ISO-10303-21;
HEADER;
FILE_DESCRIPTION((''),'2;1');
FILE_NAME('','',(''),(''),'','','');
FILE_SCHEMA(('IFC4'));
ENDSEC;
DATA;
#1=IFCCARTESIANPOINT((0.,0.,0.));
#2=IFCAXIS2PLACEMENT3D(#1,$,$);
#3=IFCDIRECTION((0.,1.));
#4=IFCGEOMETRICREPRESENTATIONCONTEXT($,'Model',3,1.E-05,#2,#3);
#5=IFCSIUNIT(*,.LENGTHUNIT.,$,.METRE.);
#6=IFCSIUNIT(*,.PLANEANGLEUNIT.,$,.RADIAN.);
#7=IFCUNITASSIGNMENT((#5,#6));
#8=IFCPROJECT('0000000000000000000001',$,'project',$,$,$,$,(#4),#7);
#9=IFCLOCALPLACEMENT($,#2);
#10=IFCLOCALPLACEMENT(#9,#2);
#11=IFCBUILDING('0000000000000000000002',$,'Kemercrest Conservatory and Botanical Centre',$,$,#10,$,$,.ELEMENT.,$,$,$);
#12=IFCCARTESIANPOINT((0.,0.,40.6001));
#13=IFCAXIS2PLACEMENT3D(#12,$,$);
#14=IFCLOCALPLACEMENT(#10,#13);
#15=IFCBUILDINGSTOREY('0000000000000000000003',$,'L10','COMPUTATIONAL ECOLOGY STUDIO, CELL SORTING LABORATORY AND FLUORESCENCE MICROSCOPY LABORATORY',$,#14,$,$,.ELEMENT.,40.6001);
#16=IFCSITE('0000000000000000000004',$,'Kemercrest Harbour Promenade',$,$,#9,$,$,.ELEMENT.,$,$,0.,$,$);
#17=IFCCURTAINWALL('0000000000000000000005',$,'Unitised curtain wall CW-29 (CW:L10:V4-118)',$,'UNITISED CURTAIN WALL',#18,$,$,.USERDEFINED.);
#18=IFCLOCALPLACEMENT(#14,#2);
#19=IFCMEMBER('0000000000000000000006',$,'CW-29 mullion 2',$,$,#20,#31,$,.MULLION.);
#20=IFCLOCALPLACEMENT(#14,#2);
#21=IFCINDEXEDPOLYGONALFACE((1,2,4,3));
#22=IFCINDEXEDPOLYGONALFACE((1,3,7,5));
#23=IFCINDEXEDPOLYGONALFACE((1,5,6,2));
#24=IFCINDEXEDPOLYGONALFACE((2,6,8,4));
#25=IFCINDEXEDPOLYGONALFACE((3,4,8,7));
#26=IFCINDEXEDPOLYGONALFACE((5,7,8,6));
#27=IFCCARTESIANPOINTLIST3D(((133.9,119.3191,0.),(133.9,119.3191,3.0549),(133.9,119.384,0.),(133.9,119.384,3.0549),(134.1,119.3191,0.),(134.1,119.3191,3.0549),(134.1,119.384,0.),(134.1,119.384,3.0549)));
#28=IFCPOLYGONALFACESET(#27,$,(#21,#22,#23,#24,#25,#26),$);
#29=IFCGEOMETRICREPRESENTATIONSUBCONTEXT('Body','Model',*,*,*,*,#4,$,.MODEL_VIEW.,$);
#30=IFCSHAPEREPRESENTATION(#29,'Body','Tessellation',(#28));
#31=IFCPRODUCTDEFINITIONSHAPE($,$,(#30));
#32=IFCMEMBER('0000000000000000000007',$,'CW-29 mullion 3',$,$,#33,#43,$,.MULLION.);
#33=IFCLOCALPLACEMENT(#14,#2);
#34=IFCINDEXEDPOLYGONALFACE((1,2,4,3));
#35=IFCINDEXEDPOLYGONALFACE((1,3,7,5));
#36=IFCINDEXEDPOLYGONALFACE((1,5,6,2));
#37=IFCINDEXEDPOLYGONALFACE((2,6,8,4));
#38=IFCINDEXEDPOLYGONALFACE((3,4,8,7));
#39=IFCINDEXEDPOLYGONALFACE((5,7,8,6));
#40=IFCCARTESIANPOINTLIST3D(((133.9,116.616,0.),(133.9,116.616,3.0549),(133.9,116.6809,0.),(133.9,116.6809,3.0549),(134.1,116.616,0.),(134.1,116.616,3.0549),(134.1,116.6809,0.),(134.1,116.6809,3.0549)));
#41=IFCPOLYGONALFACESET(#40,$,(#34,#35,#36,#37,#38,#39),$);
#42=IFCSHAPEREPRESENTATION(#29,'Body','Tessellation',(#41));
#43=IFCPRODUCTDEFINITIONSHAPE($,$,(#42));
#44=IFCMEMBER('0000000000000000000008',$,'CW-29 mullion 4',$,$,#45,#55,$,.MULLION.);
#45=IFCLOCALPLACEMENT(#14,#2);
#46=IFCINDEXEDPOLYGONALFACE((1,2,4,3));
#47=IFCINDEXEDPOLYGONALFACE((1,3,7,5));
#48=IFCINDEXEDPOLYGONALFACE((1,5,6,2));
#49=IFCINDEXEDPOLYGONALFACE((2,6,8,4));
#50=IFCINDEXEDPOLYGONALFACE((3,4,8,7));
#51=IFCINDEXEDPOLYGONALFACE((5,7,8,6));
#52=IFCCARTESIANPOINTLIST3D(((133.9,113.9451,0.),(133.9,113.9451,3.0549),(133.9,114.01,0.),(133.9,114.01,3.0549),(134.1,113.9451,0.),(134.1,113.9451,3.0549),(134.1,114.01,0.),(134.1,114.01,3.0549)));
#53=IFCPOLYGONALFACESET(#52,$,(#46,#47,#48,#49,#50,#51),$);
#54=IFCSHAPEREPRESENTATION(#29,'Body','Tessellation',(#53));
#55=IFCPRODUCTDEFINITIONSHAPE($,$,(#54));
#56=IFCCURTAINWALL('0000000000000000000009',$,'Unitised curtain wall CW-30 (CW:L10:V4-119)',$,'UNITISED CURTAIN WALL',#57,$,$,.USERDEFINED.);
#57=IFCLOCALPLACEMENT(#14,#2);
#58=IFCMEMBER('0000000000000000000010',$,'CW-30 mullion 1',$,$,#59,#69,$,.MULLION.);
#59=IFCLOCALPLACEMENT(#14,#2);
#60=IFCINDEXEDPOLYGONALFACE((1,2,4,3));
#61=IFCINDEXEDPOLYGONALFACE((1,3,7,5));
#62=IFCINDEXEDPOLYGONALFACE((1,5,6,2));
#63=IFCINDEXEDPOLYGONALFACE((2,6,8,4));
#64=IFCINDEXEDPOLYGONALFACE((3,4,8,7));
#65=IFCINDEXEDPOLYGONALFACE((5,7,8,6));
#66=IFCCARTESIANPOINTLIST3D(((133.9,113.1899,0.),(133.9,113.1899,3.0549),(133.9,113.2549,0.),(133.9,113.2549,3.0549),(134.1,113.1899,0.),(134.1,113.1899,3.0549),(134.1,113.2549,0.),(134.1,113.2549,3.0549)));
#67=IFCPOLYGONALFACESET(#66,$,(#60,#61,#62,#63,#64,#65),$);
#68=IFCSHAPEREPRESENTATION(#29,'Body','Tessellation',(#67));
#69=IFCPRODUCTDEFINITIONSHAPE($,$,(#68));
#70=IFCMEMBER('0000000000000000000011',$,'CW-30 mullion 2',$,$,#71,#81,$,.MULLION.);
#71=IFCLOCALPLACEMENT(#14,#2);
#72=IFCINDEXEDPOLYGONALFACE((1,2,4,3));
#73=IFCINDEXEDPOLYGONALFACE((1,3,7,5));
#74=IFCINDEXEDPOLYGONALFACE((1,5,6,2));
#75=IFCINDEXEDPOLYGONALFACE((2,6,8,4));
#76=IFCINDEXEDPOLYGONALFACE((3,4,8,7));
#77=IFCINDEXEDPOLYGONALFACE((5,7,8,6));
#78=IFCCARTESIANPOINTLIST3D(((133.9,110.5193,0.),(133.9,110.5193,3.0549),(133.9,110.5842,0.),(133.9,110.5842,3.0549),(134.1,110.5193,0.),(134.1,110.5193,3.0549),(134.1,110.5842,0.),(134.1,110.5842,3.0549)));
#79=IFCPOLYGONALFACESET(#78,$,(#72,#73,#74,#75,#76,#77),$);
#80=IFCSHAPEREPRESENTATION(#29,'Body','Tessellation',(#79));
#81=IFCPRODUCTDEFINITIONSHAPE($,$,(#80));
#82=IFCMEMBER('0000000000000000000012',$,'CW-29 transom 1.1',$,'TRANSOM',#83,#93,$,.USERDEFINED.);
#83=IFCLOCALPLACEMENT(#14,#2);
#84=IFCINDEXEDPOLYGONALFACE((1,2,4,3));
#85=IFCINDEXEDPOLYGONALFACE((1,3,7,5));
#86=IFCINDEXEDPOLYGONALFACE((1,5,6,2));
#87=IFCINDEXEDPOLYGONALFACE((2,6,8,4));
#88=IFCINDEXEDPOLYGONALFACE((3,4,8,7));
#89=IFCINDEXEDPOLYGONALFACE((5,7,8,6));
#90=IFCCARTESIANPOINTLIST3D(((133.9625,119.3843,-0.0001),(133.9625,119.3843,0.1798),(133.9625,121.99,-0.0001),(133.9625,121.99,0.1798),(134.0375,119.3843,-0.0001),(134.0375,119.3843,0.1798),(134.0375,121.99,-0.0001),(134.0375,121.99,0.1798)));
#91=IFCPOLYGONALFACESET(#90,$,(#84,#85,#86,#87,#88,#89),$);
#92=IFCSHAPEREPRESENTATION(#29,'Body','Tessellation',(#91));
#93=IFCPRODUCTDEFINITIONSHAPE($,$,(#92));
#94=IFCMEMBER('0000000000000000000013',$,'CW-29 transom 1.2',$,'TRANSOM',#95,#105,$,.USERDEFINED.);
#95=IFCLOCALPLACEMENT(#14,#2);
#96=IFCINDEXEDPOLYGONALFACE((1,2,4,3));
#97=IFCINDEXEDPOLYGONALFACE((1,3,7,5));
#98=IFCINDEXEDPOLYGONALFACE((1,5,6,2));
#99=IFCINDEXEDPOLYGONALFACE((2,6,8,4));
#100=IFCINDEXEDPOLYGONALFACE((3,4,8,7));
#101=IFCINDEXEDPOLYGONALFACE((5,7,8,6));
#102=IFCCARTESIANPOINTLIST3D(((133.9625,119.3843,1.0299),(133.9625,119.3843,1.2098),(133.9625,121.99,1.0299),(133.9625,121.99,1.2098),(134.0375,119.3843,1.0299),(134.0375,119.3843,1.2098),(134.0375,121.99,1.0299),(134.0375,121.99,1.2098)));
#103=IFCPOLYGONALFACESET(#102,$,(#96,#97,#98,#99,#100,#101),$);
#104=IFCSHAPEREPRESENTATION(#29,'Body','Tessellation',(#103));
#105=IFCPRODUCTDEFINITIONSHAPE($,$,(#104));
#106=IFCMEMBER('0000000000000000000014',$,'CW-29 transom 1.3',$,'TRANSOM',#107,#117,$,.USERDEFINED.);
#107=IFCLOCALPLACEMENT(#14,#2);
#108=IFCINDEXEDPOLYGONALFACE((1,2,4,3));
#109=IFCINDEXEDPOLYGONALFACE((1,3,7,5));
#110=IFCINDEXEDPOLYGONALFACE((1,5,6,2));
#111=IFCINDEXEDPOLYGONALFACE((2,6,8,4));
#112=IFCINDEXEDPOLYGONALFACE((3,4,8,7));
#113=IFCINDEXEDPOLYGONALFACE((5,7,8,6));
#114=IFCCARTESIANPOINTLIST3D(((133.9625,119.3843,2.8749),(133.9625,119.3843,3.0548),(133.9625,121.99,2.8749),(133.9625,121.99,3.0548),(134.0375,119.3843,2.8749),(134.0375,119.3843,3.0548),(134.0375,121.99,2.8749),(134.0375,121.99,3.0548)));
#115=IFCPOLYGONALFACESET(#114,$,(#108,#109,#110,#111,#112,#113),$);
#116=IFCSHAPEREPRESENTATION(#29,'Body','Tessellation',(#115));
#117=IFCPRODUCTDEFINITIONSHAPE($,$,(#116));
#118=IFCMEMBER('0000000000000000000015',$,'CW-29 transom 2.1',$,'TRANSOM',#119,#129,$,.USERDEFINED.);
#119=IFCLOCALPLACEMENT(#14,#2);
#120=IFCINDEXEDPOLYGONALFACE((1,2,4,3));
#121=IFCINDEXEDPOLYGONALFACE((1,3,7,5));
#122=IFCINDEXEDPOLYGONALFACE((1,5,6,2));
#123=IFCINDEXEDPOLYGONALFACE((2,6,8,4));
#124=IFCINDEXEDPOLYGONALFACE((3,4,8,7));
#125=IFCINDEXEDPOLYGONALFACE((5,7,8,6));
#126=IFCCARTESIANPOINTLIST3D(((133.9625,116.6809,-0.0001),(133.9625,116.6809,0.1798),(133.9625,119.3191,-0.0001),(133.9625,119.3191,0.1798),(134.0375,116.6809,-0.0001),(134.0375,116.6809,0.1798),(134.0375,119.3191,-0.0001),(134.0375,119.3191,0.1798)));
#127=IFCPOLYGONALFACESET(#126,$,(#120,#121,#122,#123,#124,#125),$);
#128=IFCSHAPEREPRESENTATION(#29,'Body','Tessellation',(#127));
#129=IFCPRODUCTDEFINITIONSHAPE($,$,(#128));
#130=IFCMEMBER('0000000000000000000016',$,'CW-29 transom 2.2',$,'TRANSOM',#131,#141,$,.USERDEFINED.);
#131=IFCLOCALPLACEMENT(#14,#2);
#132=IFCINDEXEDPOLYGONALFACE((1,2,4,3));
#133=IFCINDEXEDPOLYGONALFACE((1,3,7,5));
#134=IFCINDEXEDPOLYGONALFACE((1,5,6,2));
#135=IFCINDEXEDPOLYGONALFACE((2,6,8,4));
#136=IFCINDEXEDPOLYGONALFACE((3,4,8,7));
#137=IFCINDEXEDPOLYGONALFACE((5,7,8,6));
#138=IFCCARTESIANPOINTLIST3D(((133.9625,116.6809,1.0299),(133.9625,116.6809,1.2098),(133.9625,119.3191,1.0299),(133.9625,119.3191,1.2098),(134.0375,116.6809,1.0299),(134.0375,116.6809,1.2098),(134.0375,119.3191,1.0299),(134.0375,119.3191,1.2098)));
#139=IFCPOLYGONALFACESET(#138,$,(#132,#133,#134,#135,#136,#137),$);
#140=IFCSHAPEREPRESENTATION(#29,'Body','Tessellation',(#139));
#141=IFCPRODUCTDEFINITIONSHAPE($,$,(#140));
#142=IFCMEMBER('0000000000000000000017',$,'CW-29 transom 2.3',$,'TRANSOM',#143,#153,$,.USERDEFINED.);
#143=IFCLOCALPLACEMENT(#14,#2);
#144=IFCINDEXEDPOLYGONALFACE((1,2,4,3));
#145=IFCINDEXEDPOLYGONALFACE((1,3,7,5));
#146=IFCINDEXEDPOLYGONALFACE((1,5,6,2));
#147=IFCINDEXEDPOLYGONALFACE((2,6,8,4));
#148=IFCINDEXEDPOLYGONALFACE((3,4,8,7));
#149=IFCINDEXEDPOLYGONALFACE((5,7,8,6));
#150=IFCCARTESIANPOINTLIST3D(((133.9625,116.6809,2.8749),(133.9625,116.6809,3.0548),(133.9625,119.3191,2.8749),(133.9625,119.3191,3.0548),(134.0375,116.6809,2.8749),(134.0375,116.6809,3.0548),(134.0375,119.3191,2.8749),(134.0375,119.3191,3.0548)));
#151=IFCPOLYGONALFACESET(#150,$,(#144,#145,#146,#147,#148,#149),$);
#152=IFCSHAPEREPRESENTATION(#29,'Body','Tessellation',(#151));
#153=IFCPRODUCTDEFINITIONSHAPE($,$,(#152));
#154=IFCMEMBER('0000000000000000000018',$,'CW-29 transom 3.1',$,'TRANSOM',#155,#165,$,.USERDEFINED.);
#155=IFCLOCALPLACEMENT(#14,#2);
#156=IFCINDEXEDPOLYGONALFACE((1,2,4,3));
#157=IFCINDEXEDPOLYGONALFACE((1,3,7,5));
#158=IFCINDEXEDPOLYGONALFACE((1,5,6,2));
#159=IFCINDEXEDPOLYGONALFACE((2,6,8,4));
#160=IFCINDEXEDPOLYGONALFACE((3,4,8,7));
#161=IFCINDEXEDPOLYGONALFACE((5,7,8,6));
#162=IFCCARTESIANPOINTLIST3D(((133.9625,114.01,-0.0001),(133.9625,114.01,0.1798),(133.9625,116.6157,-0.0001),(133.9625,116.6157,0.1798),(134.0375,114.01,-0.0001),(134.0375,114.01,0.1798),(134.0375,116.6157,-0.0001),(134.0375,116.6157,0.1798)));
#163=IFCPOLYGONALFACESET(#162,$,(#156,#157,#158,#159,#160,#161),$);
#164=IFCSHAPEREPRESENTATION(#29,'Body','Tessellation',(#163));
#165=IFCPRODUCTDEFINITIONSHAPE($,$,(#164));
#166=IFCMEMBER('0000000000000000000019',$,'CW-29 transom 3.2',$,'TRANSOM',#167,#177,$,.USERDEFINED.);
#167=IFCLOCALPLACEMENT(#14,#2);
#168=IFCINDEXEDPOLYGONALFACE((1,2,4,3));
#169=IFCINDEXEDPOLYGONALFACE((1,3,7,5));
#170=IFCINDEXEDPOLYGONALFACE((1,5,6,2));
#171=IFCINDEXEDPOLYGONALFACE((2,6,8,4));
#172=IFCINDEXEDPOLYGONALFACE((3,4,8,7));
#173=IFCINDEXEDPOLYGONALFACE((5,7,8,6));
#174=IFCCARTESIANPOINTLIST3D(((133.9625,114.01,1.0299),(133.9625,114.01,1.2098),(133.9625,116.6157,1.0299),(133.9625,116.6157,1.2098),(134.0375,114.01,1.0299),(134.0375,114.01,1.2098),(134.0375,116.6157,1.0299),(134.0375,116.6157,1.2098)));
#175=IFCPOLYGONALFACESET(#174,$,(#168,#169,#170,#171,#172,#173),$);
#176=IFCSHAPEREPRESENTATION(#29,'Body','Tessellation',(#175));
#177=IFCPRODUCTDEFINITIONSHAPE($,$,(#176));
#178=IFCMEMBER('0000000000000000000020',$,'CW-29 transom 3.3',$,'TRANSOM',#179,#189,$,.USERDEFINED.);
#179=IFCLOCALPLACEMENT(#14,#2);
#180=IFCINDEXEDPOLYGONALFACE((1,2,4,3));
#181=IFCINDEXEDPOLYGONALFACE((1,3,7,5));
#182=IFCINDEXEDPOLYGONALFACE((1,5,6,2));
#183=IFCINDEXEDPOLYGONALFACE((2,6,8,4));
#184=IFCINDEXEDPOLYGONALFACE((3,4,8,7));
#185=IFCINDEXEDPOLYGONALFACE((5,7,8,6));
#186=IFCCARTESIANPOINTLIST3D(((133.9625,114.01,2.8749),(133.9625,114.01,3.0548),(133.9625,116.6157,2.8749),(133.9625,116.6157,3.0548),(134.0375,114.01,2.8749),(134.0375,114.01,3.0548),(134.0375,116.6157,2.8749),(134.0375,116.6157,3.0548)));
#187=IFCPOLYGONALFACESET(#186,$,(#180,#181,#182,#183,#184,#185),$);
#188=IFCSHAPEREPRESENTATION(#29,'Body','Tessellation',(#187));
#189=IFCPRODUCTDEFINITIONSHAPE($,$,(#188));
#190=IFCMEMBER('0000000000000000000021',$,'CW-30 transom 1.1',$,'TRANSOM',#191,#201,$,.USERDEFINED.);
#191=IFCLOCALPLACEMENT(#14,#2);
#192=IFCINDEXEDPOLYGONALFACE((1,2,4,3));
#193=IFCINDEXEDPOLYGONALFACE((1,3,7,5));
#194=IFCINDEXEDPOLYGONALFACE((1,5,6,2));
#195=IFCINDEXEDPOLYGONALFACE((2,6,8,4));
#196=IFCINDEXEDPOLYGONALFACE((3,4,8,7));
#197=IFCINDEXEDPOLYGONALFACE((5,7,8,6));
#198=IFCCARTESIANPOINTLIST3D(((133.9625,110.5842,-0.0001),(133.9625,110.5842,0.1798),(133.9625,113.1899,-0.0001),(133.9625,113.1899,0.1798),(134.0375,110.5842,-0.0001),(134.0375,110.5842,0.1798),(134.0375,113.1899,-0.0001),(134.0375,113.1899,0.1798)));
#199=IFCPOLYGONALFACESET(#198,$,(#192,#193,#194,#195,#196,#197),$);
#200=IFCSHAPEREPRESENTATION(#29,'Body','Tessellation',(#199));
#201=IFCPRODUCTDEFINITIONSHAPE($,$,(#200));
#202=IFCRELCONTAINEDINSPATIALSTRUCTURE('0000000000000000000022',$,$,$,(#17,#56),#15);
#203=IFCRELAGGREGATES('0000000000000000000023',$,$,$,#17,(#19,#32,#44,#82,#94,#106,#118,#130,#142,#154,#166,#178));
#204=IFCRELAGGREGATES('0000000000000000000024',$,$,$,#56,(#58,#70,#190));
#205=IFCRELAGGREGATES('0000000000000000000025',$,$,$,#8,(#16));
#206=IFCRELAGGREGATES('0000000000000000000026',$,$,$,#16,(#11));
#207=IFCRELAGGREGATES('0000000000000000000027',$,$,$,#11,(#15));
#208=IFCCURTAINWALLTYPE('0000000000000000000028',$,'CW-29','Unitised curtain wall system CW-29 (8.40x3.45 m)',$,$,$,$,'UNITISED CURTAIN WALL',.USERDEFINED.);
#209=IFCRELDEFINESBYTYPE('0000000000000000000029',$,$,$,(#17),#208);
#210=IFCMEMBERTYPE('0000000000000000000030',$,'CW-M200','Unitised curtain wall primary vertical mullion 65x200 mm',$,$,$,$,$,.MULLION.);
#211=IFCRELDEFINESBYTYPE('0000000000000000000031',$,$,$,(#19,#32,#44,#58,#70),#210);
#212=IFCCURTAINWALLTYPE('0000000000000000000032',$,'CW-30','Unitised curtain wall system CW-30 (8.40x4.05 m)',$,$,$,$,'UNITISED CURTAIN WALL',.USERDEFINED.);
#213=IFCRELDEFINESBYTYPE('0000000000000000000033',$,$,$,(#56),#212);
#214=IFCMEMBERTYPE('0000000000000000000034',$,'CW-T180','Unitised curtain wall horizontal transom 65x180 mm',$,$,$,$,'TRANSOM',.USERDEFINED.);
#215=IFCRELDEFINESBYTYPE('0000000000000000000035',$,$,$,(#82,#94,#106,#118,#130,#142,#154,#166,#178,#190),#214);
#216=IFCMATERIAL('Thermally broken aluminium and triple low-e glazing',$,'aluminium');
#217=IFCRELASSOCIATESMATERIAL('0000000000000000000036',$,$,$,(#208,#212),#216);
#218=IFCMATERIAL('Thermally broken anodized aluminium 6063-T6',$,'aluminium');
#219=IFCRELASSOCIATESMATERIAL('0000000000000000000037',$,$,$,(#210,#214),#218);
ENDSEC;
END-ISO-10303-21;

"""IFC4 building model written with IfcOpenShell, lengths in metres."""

from ifc_helpers import new_model, si_unit, direction, frame, origin, origin_2d, place, context, subcontext, project, spatial, rectangle, extrude, material, material_profile, profile_set, type_object, element, aggregate, save


model = new_model("IFC4")

# Units and contexts
model_context = context("Model", 3, precision=1e-05, world=origin(), true_north=direction((0.0, 1.0)))
body_context = subcontext(model_context, "Body", "Model", "MODEL_VIEW")
ifc_project = project(units=[si_unit("LENGTHUNIT", "METRE"), si_unit("PLANEANGLEUNIT", "RADIAN")], contexts=[model_context])

# Site, building, storey
site_placement = place(None, origin())
site = spatial("IfcSite", under=ifc_project, at=site_placement, Name="Kemercrest Harbour Promenade", CompositionType="ELEMENT", RefElevation=0.0)
building_placement = place(site_placement, origin())
building = spatial("IfcBuilding", under=site, at=building_placement, Name="Kemercrest Conservatory and Botanical Centre", CompositionType="ELEMENT")
storey_placement = place(building_placement, frame((0.0, 0.0, 40.6001)))
storey = spatial("IfcBuildingStorey", under=building, at=storey_placement, Name="L10", Description="COMPUTATIONAL ECOLOGY STUDIO, CELL SORTING LABORATORY AND FLUORESCENCE MICROSCOPY LABORATORY", CompositionType="ELEMENT", Elevation=40.6001)

# Curtain walls, members
ifc_material_1 = material(Name="Thermally broken aluminium and triple low-e glazing", Category="aluminium")
curtain_wall_type_1 = type_object("IfcCurtainWallType", Name="CW-29", Description="Unitised curtain wall system CW-29 (8.40x3.45 m)", ElementType="UNITISED CURTAIN WALL", PredefinedType="USERDEFINED", material=ifc_material_1)
curtain_wall_1_placement = place(storey_placement, origin())
curtain_wall_1 = element("IfcCurtainWall", 1, at=curtain_wall_1_placement, inside=storey, type_object=curtain_wall_type_1, Name="Unitised curtain wall CW-29 (CW:L10:V4-118)", ObjectType="UNITISED CURTAIN WALL", PredefinedType="USERDEFINED")
ifc_material_2 = material(Name="Thermally broken anodized aluminium 6063-T6", Category="aluminium")
ifc_material_profile_1 = material_profile(ifc_material_2, rectangle(XDim=0.2, YDim=0.0649, at=origin_2d()), Name="AL MULLION 65x200")
ifc_profile_set_1 = profile_set([ifc_material_profile_1], Name="Thermally broken anodized aluminium 6063-T6")
member_type_1 = type_object("IfcMemberType", Name="CW-M200", Description="Unitised curtain wall primary vertical mullion 65x200 mm", PredefinedType="MULLION", material=ifc_profile_set_1)
member_1_placement = place(storey_placement, frame((134.0, 119.3516, 0.0), z_axis=(0.0, 0.0, 1.0), x_axis=(1.0, 0.0, 0.0)))
member_1 = element("IfcMember", 2, at=member_1_placement, type_object=member_type_1, Name="CW-29 mullion 2", PredefinedType="MULLION", context=body_context, shape_type="SweptSolid", body=[
    extrude(rectangle(XDim=0.2, YDim=0.0649, at=origin_2d()), origin(), (0.0, 0.0, 1.0), 3.0549),
])
member_2_placement = place(storey_placement, frame((134.0, 116.6484, 0.0), z_axis=(0.0, 0.0, 1.0), x_axis=(1.0, 0.0, 0.0)))
member_2 = element("IfcMember", 3, at=member_2_placement, type_object=member_type_1, Name="CW-29 mullion 3", PredefinedType="MULLION", context=body_context, shape_type="SweptSolid", body=[
    extrude(rectangle(XDim=0.2, YDim=0.0649, at=origin_2d()), origin(), (0.0, 0.0, 1.0), 3.0549),
])
member_3_placement = place(storey_placement, frame((134.0, 113.9775, 0.0), z_axis=(0.0, 0.0, 1.0), x_axis=(1.0, 0.0, 0.0)))
member_3 = element("IfcMember", 4, at=member_3_placement, type_object=member_type_1, Name="CW-29 mullion 4", PredefinedType="MULLION", context=body_context, shape_type="SweptSolid", body=[
    extrude(rectangle(XDim=0.2, YDim=0.0649, at=origin_2d()), origin(), (0.0, 0.0, 1.0), 3.0549),
])
curtain_wall_type_2 = type_object("IfcCurtainWallType", Name="CW-30", Description="Unitised curtain wall system CW-30 (8.40x4.05 m)", ElementType="UNITISED CURTAIN WALL", PredefinedType="USERDEFINED", material=ifc_material_1)
curtain_wall_2_placement = place(storey_placement, origin())
curtain_wall_2 = element("IfcCurtainWall", 5, at=curtain_wall_2_placement, inside=storey, type_object=curtain_wall_type_2, Name="Unitised curtain wall CW-30 (CW:L10:V4-119)", ObjectType="UNITISED CURTAIN WALL", PredefinedType="USERDEFINED")
member_4_placement = place(storey_placement, frame((134.0, 113.2224, 0.0), z_axis=(0.0, 0.0, 1.0), x_axis=(1.0, 0.0, 0.0)))
member_4 = element("IfcMember", 6, at=member_4_placement, type_object=member_type_1, Name="CW-30 mullion 1", PredefinedType="MULLION", context=body_context, shape_type="SweptSolid", body=[
    extrude(rectangle(XDim=0.2, YDim=0.0649, at=origin_2d()), origin(), (0.0, 0.0, 1.0), 3.0549),
])
member_5_placement = place(storey_placement, frame((134.0, 110.5518, 0.0), z_axis=(0.0, 0.0, 1.0), x_axis=(1.0, 0.0, 0.0)))
member_5 = element("IfcMember", 7, at=member_5_placement, type_object=member_type_1, Name="CW-30 mullion 2", PredefinedType="MULLION", context=body_context, shape_type="SweptSolid", body=[
    extrude(rectangle(XDim=0.2, YDim=0.0649, at=origin_2d()), origin(), (0.0, 0.0, 1.0), 3.0549),
])

# Members
ifc_material_profile_2 = material_profile(ifc_material_2, rectangle(XDim=0.075, YDim=0.1799, at=origin_2d()), Name="AL TRANSOM 75x180")
ifc_profile_set_2 = profile_set([ifc_material_profile_2], Name="Thermally broken anodized aluminium 6063-T6")
member_type_2 = type_object("IfcMemberType", Name="CW-T180", Description="Unitised curtain wall horizontal transom 65x180 mm", ElementType="TRANSOM", PredefinedType="USERDEFINED", material=ifc_profile_set_2)
member_6_placement = place(storey_placement, frame((134.0, 121.99, 0.0898), z_axis=(0.0, -1.0, 0.0), x_axis=(1.0, 0.0, 0.0)))
member_6 = element("IfcMember", 8, at=member_6_placement, type_object=member_type_2, Name="CW-29 transom 1.1", ObjectType="TRANSOM", PredefinedType="USERDEFINED", context=body_context, shape_type="SweptSolid", body=[
    extrude(rectangle(XDim=0.075, YDim=0.1799, at=origin_2d()), origin(), (0.0, 0.0, 1.0), 2.6057),
])
member_7_placement = place(storey_placement, frame((134.0, 121.99, 1.1199), z_axis=(0.0, -1.0, 0.0), x_axis=(1.0, 0.0, 0.0)))
member_7 = element("IfcMember", 9, at=member_7_placement, type_object=member_type_2, Name="CW-29 transom 1.2", ObjectType="TRANSOM", PredefinedType="USERDEFINED", context=body_context, shape_type="SweptSolid", body=[
    extrude(rectangle(XDim=0.075, YDim=0.1799, at=origin_2d()), origin(), (0.0, 0.0, 1.0), 2.6057),
])
member_8_placement = place(storey_placement, frame((134.0, 121.99, 2.9648), z_axis=(0.0, -1.0, 0.0), x_axis=(1.0, 0.0, 0.0)))
member_8 = element("IfcMember", 10, at=member_8_placement, type_object=member_type_2, Name="CW-29 transom 1.3", ObjectType="TRANSOM", PredefinedType="USERDEFINED", context=body_context, shape_type="SweptSolid", body=[
    extrude(rectangle(XDim=0.075, YDim=0.1799, at=origin_2d()), origin(), (0.0, 0.0, 1.0), 2.6057),
])
member_9_placement = place(storey_placement, frame((134.0, 119.3191, 0.0898), z_axis=(0.0, -1.0, 0.0), x_axis=(1.0, 0.0, 0.0)))
member_9 = element("IfcMember", 11, at=member_9_placement, type_object=member_type_2, Name="CW-29 transom 2.1", ObjectType="TRANSOM", PredefinedType="USERDEFINED", context=body_context, shape_type="SweptSolid", body=[
    extrude(rectangle(XDim=0.075, YDim=0.1799, at=origin_2d()), origin(), (0.0, 0.0, 1.0), 2.6382),
])
member_10_placement = place(storey_placement, frame((134.0, 119.3191, 1.1199), z_axis=(0.0, -1.0, 0.0), x_axis=(1.0, 0.0, 0.0)))
member_10 = element("IfcMember", 12, at=member_10_placement, type_object=member_type_2, Name="CW-29 transom 2.2", ObjectType="TRANSOM", PredefinedType="USERDEFINED", context=body_context, shape_type="SweptSolid", body=[
    extrude(rectangle(XDim=0.075, YDim=0.1799, at=origin_2d()), origin(), (0.0, 0.0, 1.0), 2.6382),
])
member_11_placement = place(storey_placement, frame((134.0, 119.3191, 2.9648), z_axis=(0.0, -1.0, 0.0), x_axis=(1.0, 0.0, 0.0)))
member_11 = element("IfcMember", 13, at=member_11_placement, type_object=member_type_2, Name="CW-29 transom 2.3", ObjectType="TRANSOM", PredefinedType="USERDEFINED", context=body_context, shape_type="SweptSolid", body=[
    extrude(rectangle(XDim=0.075, YDim=0.1799, at=origin_2d()), origin(), (0.0, 0.0, 1.0), 2.6382),
])
member_12_placement = place(storey_placement, frame((134.0, 116.6157, 0.0898), z_axis=(0.0, -1.0, 0.0), x_axis=(1.0, 0.0, 0.0)))
member_12 = element("IfcMember", 14, at=member_12_placement, type_object=member_type_2, Name="CW-29 transom 3.1", ObjectType="TRANSOM", PredefinedType="USERDEFINED", context=body_context, shape_type="SweptSolid", body=[
    extrude(rectangle(XDim=0.075, YDim=0.1799, at=origin_2d()), origin(), (0.0, 0.0, 1.0), 2.6057),
])
member_13_placement = place(storey_placement, frame((134.0, 116.6157, 1.1199), z_axis=(0.0, -1.0, 0.0), x_axis=(1.0, 0.0, 0.0)))
member_13 = element("IfcMember", 15, at=member_13_placement, type_object=member_type_2, Name="CW-29 transom 3.2", ObjectType="TRANSOM", PredefinedType="USERDEFINED", context=body_context, shape_type="SweptSolid", body=[
    extrude(rectangle(XDim=0.075, YDim=0.1799, at=origin_2d()), origin(), (0.0, 0.0, 1.0), 2.6057),
])
member_14_placement = place(storey_placement, frame((134.0, 116.6157, 2.9648), z_axis=(0.0, -1.0, 0.0), x_axis=(1.0, 0.0, 0.0)))
member_14 = element("IfcMember", 16, at=member_14_placement, type_object=member_type_2, Name="CW-29 transom 3.3", ObjectType="TRANSOM", PredefinedType="USERDEFINED", context=body_context, shape_type="SweptSolid", body=[
    extrude(rectangle(XDim=0.075, YDim=0.1799, at=origin_2d()), origin(), (0.0, 0.0, 1.0), 2.6057),
])
member_15_placement = place(storey_placement, frame((134.0, 113.1899, 0.0898), z_axis=(0.0, -1.0, 0.0), x_axis=(1.0, 0.0, 0.0)))
member_15 = element("IfcMember", 17, at=member_15_placement, type_object=member_type_2, Name="CW-30 transom 1.1", ObjectType="TRANSOM", PredefinedType="USERDEFINED", context=body_context, shape_type="SweptSolid", body=[
    extrude(rectangle(XDim=0.075, YDim=0.1799, at=origin_2d()), origin(), (0.0, 0.0, 1.0), 2.6057),
])

aggregate(curtain_wall_1, [member_1, member_2, member_3, member_6, member_7, member_8, member_9, member_10, member_11, member_12, member_13, member_14])
aggregate(curtain_wall_2, [member_4, member_5, member_15])

save(model, "model.ifc")
